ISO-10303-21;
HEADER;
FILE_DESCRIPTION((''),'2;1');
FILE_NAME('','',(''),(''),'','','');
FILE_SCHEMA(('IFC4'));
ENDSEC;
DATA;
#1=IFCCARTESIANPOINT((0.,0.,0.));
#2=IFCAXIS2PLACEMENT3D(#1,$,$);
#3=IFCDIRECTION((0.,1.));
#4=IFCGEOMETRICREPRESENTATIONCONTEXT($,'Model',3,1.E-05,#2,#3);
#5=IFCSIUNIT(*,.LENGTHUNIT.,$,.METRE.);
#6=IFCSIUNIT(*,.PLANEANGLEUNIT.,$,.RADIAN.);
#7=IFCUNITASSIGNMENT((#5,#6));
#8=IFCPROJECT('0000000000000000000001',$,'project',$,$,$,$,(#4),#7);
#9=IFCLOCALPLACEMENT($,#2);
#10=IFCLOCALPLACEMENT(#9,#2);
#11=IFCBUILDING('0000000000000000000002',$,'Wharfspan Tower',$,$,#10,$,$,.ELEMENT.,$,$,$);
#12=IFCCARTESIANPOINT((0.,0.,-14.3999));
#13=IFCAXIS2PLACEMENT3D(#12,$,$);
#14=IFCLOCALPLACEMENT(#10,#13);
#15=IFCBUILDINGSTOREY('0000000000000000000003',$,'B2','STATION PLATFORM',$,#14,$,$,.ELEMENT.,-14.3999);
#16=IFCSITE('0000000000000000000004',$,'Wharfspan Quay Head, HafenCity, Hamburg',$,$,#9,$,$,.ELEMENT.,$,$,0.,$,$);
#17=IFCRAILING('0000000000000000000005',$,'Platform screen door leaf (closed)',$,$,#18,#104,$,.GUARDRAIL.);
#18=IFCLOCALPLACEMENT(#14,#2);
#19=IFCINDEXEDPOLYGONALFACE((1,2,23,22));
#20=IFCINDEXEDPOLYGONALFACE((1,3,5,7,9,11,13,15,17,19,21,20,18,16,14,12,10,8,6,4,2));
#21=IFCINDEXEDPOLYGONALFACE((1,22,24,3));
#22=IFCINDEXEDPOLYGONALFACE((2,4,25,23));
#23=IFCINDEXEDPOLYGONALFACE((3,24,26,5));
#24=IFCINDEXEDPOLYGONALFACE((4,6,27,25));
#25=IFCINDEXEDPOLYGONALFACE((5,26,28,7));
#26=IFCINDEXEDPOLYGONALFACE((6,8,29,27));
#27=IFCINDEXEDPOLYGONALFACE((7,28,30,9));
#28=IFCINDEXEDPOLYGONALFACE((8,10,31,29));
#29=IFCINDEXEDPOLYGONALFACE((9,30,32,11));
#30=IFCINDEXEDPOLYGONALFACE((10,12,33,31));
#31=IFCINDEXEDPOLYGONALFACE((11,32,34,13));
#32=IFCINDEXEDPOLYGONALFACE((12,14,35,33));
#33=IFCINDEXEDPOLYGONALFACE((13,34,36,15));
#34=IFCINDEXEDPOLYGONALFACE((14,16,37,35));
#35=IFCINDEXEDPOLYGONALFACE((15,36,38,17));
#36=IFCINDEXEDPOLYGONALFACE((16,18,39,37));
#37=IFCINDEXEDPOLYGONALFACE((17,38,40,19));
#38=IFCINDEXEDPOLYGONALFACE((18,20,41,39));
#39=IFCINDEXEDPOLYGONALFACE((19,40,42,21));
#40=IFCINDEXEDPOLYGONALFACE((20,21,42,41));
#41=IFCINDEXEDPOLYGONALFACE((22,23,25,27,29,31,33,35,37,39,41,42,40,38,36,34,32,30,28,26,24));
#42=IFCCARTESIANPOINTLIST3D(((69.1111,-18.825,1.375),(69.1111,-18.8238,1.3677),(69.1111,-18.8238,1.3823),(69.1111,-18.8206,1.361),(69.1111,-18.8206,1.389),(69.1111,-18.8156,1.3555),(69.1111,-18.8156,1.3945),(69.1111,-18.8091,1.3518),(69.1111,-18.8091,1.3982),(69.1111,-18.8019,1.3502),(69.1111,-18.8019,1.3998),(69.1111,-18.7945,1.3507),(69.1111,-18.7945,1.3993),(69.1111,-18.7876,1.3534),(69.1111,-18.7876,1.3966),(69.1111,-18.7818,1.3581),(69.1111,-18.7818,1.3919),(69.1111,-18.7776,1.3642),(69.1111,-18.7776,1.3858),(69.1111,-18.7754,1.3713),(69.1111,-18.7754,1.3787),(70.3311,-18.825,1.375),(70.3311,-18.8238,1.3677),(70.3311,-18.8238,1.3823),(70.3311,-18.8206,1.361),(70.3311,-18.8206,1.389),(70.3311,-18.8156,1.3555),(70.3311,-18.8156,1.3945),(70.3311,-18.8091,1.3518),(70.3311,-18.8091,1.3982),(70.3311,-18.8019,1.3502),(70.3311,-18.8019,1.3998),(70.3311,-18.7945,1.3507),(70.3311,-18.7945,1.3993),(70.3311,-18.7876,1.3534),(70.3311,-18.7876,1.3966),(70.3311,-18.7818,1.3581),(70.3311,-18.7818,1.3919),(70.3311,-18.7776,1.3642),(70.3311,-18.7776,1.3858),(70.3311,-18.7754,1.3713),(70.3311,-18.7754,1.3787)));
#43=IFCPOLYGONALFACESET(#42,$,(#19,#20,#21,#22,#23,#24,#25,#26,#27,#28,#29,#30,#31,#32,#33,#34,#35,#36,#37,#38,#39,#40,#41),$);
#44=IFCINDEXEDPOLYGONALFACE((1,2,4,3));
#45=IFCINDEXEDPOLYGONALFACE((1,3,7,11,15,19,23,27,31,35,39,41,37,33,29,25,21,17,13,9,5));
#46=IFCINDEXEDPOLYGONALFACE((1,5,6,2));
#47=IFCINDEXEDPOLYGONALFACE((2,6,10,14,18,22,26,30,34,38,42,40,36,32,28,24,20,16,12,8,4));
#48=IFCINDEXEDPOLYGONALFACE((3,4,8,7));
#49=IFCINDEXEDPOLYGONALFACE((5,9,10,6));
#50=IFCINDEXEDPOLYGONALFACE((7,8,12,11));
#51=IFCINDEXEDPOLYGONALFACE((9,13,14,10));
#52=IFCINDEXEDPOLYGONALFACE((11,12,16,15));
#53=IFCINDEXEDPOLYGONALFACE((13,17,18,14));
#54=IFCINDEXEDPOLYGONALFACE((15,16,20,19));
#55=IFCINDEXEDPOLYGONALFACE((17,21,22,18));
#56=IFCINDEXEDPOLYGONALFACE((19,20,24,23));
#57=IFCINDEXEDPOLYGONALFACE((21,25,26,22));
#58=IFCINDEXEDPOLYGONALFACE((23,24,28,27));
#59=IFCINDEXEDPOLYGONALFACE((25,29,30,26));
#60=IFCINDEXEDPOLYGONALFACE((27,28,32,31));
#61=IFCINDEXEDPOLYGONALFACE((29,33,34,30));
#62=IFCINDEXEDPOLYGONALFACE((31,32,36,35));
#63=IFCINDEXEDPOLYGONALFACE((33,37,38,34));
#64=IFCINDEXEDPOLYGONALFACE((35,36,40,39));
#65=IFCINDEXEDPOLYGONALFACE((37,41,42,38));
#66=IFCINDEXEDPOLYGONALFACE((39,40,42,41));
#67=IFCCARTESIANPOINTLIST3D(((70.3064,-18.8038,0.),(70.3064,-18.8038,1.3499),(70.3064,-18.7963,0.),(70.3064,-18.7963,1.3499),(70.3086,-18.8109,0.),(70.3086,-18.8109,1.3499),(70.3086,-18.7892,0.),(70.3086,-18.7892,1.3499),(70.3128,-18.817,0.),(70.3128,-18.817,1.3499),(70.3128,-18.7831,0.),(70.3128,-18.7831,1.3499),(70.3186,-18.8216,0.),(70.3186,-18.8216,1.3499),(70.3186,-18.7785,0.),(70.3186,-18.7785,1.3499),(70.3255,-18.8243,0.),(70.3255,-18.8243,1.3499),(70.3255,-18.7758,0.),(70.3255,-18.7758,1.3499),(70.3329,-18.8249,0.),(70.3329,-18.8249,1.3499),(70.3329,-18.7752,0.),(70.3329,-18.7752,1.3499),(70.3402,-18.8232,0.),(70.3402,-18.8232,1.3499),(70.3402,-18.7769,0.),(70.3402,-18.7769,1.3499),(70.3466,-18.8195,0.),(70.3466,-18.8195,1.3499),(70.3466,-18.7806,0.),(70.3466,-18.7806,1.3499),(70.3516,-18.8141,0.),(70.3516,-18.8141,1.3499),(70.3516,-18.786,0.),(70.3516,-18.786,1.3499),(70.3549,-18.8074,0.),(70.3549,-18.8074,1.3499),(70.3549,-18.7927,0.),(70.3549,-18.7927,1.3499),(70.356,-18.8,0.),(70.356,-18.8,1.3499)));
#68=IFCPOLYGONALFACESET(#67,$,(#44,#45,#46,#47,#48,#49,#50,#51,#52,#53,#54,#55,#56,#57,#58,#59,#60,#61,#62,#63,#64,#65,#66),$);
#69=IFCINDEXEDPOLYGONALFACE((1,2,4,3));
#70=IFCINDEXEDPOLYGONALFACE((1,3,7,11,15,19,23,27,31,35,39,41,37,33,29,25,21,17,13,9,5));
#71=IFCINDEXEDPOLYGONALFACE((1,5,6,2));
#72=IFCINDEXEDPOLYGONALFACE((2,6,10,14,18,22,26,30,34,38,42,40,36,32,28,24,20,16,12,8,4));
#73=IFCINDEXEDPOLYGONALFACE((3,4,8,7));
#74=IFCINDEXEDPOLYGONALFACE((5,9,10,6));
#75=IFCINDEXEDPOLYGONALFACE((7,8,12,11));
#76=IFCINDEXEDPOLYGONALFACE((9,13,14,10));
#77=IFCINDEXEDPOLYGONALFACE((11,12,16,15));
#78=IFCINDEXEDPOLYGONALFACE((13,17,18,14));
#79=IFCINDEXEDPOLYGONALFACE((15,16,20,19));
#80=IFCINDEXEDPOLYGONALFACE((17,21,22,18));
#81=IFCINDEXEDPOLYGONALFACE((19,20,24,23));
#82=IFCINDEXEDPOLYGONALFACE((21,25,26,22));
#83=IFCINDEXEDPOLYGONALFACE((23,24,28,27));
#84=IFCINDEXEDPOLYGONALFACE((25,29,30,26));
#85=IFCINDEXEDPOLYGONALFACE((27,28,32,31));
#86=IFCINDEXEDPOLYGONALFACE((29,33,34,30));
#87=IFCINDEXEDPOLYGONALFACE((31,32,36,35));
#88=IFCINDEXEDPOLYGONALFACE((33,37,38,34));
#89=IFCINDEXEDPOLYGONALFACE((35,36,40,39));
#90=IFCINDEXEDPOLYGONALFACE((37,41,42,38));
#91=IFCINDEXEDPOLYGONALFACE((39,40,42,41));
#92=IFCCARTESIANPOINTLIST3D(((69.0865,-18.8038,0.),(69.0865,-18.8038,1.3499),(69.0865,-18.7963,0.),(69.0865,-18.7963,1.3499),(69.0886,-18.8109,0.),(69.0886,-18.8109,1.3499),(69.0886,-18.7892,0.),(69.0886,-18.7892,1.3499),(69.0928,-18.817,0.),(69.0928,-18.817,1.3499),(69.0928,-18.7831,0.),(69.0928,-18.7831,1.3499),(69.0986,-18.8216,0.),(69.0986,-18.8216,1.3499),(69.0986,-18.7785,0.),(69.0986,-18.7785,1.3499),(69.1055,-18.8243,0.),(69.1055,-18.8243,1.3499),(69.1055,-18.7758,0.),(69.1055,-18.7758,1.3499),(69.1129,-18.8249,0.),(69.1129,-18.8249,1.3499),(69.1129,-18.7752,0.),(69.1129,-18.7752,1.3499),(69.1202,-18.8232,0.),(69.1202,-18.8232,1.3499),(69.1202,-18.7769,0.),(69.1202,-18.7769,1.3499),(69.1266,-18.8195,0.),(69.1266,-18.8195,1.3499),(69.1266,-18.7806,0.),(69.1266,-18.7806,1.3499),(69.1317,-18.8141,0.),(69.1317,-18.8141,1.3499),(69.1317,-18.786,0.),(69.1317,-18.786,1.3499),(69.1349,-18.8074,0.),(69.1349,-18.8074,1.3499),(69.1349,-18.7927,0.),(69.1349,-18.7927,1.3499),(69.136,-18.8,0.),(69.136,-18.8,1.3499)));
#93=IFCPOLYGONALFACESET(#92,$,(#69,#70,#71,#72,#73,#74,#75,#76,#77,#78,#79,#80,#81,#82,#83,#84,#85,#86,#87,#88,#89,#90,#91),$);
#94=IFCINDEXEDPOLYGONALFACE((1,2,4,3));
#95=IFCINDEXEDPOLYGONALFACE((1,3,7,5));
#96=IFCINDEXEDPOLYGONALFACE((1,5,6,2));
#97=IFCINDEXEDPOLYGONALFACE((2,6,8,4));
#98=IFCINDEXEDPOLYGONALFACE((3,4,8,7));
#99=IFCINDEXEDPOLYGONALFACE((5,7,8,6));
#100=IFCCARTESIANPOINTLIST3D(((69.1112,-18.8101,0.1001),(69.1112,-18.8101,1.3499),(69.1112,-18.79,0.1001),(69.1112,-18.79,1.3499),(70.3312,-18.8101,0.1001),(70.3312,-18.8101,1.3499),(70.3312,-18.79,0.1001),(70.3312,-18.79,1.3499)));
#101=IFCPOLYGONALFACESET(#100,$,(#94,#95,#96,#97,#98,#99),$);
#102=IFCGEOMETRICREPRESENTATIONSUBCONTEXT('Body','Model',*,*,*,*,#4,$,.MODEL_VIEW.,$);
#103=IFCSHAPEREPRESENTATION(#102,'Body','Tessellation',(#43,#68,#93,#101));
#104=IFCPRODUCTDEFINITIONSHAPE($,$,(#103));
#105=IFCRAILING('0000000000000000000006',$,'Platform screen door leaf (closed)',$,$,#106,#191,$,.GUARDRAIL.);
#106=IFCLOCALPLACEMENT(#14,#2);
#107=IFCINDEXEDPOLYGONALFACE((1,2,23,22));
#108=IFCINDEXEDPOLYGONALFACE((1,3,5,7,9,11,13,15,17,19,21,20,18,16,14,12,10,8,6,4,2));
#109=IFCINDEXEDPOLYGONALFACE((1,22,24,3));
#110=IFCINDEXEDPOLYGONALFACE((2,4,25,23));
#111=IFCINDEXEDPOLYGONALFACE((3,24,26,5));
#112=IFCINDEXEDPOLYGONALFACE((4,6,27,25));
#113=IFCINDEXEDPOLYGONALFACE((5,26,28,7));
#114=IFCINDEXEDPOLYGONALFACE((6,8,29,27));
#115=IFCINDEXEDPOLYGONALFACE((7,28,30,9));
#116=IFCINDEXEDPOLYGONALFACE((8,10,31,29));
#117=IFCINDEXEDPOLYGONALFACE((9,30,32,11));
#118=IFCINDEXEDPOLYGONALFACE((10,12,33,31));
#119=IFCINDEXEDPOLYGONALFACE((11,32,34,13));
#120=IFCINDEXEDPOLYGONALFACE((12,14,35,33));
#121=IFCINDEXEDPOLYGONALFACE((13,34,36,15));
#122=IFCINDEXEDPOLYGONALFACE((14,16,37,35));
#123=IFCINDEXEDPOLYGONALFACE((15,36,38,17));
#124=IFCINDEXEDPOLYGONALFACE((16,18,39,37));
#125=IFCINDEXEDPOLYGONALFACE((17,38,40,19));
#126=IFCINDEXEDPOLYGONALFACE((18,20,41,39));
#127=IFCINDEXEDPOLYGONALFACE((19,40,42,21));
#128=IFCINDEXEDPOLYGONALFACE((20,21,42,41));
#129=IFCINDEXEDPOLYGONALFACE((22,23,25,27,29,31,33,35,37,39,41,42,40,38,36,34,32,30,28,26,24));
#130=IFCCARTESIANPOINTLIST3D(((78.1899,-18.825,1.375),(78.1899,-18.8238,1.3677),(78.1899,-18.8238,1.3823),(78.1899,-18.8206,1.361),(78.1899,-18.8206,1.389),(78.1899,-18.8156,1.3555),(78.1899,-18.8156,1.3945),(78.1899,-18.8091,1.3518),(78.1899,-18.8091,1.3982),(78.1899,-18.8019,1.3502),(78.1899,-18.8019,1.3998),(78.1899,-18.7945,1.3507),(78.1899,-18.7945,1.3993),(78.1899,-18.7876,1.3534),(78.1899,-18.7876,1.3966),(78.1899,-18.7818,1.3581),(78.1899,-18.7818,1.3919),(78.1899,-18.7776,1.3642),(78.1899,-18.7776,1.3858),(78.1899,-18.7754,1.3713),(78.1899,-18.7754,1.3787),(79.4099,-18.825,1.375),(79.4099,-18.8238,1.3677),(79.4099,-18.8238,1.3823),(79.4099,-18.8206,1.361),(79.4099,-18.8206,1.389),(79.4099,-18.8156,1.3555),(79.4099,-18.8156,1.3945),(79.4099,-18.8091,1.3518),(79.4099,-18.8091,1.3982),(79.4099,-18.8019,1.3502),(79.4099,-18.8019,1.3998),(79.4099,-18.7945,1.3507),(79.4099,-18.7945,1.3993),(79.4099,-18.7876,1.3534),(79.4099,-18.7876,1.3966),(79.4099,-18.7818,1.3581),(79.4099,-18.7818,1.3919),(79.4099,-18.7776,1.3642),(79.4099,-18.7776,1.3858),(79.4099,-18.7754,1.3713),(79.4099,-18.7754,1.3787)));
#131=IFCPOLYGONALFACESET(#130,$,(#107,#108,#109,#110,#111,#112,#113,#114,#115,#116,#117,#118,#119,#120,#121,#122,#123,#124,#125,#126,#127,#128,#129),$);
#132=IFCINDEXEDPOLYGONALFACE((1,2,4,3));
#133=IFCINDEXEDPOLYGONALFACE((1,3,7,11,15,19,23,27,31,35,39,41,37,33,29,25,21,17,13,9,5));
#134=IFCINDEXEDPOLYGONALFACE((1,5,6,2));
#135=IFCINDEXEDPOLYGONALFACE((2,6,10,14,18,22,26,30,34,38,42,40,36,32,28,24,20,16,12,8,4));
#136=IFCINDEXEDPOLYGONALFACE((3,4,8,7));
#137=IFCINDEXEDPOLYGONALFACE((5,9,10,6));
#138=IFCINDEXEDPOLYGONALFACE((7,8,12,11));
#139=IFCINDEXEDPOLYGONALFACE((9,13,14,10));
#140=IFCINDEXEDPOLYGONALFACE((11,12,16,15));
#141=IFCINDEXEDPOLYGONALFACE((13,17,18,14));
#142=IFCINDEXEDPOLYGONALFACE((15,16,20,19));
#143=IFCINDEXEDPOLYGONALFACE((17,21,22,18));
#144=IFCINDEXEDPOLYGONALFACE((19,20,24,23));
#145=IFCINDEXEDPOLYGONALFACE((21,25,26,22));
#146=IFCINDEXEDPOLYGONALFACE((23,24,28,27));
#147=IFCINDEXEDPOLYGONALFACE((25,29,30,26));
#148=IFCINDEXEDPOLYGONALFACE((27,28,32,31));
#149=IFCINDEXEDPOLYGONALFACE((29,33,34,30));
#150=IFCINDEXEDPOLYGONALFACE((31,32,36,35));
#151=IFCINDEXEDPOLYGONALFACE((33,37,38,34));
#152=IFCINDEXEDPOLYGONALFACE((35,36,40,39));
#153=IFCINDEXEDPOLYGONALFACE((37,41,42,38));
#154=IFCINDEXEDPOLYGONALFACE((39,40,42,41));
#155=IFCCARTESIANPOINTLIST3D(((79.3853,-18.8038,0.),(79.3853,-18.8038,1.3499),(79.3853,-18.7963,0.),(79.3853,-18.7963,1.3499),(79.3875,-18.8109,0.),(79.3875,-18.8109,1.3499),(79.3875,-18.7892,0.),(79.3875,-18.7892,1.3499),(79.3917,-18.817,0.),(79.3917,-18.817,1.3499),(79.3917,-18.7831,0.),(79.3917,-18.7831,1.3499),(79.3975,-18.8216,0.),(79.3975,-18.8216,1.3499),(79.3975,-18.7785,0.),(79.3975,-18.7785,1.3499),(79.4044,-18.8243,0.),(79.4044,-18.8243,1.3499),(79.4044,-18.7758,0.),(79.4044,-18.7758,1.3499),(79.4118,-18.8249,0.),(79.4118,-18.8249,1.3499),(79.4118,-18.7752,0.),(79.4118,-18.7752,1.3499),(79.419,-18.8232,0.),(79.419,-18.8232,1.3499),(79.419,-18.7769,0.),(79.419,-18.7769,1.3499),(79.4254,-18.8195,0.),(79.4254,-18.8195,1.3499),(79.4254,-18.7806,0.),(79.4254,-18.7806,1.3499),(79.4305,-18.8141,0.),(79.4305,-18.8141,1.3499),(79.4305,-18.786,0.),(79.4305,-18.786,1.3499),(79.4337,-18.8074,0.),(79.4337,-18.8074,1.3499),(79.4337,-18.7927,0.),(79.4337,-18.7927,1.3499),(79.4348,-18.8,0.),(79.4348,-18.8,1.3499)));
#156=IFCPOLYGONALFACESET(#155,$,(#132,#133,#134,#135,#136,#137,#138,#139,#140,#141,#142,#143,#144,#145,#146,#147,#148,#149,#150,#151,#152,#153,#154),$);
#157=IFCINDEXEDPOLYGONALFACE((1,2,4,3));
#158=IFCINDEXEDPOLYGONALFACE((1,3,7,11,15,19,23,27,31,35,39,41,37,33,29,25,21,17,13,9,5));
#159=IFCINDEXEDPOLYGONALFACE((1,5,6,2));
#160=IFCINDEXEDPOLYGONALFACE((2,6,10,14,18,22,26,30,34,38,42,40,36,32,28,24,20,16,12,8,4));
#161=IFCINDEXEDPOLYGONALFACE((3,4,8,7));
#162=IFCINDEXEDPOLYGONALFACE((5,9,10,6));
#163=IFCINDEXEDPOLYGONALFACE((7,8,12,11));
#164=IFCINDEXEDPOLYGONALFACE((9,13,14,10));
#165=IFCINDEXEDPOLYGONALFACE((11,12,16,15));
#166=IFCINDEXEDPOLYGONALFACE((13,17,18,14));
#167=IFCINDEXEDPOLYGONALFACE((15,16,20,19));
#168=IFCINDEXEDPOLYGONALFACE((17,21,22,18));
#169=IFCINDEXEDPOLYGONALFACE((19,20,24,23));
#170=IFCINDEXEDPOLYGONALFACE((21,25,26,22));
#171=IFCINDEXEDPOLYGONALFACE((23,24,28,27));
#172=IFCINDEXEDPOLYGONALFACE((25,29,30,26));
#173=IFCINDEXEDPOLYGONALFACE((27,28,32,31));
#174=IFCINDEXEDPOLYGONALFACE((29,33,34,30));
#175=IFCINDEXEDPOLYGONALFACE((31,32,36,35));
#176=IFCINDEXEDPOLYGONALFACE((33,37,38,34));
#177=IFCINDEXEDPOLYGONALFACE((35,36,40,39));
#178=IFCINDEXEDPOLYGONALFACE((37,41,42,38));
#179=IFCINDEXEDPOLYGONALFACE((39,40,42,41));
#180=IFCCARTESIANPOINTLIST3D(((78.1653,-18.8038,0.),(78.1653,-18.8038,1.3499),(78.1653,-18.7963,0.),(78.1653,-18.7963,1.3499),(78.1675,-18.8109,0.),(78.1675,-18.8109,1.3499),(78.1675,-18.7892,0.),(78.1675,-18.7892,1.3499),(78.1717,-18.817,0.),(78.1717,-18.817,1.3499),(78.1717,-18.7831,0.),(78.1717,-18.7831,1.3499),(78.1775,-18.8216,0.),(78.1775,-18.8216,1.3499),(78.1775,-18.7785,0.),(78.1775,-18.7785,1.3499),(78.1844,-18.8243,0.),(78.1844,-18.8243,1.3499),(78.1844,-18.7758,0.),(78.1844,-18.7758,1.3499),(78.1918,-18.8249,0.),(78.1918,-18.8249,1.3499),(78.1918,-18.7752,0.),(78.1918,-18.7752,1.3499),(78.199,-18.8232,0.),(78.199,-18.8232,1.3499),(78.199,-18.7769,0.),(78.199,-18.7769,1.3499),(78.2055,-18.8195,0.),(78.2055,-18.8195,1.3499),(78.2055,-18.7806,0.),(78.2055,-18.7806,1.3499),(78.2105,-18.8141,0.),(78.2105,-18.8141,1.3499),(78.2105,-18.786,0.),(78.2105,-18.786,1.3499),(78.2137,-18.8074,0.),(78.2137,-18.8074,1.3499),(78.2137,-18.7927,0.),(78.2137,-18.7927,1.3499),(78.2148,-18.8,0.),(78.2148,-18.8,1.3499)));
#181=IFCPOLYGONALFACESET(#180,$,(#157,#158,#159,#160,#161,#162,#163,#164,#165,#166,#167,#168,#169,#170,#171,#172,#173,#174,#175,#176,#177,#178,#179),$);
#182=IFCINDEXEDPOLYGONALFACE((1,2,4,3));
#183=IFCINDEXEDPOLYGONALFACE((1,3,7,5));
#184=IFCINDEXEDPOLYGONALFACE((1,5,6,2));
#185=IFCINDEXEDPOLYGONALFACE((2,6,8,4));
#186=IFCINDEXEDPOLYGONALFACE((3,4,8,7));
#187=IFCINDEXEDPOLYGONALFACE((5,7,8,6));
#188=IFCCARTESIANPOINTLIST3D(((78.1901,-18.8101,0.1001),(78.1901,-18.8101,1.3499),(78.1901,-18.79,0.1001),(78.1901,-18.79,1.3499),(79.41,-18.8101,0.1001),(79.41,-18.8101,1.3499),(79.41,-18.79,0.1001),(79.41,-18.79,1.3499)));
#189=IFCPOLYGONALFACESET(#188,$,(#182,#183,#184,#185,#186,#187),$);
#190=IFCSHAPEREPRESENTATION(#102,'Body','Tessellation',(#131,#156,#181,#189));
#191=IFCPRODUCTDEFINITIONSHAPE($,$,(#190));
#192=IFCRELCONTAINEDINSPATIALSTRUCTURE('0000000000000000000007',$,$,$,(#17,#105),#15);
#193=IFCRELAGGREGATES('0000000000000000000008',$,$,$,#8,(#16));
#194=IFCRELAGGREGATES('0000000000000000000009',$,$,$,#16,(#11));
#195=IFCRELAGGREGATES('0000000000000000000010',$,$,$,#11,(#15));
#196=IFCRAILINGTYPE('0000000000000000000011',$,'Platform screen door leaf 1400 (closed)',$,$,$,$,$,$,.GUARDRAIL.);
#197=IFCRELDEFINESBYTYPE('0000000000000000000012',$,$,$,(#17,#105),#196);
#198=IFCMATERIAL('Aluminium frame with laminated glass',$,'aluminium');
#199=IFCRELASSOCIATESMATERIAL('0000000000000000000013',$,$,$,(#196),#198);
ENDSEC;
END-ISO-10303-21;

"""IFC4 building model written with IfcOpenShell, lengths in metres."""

from ifc_helpers import new_model, si_unit, direction, frame, origin, origin_2d, place, context, subcontext, project, spatial, rectangle, circle, extrude, material, type_object, element, save


model = new_model("IFC4")

# Units and contexts
model_context = context("Model", 3, precision=1e-05, world=origin(), true_north=direction((0.0, 1.0)))
body_context = subcontext(model_context, "Body", "Model", "MODEL_VIEW")
ifc_project = project(units=[si_unit("LENGTHUNIT", "METRE"), si_unit("PLANEANGLEUNIT", "RADIAN")], contexts=[model_context])

# Site, building, storey
site_placement = place(None, origin())
site = spatial("IfcSite", under=ifc_project, at=site_placement, Name="Wharfspan Quay Head, HafenCity, Hamburg", CompositionType="ELEMENT", RefElevation=0.0)
building_placement = place(site_placement, origin())
building = spatial("IfcBuilding", under=site, at=building_placement, Name="Wharfspan Tower", CompositionType="ELEMENT")
storey_placement = place(building_placement, frame((0.0, 0.0, -14.3999)))
storey = spatial("IfcBuildingStorey", under=building, at=storey_placement, Name="B2", Description="STATION PLATFORM", CompositionType="ELEMENT", Elevation=-14.3999)

# Railings
ifc_material_1 = material(Name="Aluminium frame with laminated glass", Category="aluminium")
railing_type_1 = type_object("IfcRailingType", Name="Platform screen door leaf 1400 (closed)", PredefinedType="GUARDRAIL", material=ifc_material_1)
for number, where, name in (
    (1, (70.3311, -18.8, 0.0), "Platform screen door leaf (closed)"),
    (2, (79.4099, -18.8, 0.0), "Platform screen door leaf (closed)"),
):
    element("IfcRailing", number, at=place(storey_placement, frame(where)), inside=storey, type_object=railing_type_1, Name=name, PredefinedType="GUARDRAIL", context=body_context, shape_type="SweptSolid", body=[
        extrude(circle(Radius=0.0249, at=origin_2d()), frame((0.0, 0.0, 1.375), z_axis=(-1.0, 0.0, 0.0), x_axis=(0.0, -1.0, 0.0)), (0.0, 0.0, 1.0), 1.22),
        extrude(circle(Radius=0.0249, at=origin_2d()), origin(), (0.0, 0.0, 1.0), 1.3499),
        extrude(circle(Radius=0.0249, at=origin_2d()), frame((-1.22, 0.0, 0.0)), (0.0, 0.0, 1.0), 1.3499),
        extrude(rectangle(XDim=1.22, YDim=0.02, at=origin_2d()), frame((-0.6099, 0.0, 0.1001), z_axis=(0.0, 0.0, 1.0), x_axis=(-1.0, 0.0, 0.0)), (0.0, 0.0, 1.0), 1.2498),
    ])

save(model, "model.ifc")
